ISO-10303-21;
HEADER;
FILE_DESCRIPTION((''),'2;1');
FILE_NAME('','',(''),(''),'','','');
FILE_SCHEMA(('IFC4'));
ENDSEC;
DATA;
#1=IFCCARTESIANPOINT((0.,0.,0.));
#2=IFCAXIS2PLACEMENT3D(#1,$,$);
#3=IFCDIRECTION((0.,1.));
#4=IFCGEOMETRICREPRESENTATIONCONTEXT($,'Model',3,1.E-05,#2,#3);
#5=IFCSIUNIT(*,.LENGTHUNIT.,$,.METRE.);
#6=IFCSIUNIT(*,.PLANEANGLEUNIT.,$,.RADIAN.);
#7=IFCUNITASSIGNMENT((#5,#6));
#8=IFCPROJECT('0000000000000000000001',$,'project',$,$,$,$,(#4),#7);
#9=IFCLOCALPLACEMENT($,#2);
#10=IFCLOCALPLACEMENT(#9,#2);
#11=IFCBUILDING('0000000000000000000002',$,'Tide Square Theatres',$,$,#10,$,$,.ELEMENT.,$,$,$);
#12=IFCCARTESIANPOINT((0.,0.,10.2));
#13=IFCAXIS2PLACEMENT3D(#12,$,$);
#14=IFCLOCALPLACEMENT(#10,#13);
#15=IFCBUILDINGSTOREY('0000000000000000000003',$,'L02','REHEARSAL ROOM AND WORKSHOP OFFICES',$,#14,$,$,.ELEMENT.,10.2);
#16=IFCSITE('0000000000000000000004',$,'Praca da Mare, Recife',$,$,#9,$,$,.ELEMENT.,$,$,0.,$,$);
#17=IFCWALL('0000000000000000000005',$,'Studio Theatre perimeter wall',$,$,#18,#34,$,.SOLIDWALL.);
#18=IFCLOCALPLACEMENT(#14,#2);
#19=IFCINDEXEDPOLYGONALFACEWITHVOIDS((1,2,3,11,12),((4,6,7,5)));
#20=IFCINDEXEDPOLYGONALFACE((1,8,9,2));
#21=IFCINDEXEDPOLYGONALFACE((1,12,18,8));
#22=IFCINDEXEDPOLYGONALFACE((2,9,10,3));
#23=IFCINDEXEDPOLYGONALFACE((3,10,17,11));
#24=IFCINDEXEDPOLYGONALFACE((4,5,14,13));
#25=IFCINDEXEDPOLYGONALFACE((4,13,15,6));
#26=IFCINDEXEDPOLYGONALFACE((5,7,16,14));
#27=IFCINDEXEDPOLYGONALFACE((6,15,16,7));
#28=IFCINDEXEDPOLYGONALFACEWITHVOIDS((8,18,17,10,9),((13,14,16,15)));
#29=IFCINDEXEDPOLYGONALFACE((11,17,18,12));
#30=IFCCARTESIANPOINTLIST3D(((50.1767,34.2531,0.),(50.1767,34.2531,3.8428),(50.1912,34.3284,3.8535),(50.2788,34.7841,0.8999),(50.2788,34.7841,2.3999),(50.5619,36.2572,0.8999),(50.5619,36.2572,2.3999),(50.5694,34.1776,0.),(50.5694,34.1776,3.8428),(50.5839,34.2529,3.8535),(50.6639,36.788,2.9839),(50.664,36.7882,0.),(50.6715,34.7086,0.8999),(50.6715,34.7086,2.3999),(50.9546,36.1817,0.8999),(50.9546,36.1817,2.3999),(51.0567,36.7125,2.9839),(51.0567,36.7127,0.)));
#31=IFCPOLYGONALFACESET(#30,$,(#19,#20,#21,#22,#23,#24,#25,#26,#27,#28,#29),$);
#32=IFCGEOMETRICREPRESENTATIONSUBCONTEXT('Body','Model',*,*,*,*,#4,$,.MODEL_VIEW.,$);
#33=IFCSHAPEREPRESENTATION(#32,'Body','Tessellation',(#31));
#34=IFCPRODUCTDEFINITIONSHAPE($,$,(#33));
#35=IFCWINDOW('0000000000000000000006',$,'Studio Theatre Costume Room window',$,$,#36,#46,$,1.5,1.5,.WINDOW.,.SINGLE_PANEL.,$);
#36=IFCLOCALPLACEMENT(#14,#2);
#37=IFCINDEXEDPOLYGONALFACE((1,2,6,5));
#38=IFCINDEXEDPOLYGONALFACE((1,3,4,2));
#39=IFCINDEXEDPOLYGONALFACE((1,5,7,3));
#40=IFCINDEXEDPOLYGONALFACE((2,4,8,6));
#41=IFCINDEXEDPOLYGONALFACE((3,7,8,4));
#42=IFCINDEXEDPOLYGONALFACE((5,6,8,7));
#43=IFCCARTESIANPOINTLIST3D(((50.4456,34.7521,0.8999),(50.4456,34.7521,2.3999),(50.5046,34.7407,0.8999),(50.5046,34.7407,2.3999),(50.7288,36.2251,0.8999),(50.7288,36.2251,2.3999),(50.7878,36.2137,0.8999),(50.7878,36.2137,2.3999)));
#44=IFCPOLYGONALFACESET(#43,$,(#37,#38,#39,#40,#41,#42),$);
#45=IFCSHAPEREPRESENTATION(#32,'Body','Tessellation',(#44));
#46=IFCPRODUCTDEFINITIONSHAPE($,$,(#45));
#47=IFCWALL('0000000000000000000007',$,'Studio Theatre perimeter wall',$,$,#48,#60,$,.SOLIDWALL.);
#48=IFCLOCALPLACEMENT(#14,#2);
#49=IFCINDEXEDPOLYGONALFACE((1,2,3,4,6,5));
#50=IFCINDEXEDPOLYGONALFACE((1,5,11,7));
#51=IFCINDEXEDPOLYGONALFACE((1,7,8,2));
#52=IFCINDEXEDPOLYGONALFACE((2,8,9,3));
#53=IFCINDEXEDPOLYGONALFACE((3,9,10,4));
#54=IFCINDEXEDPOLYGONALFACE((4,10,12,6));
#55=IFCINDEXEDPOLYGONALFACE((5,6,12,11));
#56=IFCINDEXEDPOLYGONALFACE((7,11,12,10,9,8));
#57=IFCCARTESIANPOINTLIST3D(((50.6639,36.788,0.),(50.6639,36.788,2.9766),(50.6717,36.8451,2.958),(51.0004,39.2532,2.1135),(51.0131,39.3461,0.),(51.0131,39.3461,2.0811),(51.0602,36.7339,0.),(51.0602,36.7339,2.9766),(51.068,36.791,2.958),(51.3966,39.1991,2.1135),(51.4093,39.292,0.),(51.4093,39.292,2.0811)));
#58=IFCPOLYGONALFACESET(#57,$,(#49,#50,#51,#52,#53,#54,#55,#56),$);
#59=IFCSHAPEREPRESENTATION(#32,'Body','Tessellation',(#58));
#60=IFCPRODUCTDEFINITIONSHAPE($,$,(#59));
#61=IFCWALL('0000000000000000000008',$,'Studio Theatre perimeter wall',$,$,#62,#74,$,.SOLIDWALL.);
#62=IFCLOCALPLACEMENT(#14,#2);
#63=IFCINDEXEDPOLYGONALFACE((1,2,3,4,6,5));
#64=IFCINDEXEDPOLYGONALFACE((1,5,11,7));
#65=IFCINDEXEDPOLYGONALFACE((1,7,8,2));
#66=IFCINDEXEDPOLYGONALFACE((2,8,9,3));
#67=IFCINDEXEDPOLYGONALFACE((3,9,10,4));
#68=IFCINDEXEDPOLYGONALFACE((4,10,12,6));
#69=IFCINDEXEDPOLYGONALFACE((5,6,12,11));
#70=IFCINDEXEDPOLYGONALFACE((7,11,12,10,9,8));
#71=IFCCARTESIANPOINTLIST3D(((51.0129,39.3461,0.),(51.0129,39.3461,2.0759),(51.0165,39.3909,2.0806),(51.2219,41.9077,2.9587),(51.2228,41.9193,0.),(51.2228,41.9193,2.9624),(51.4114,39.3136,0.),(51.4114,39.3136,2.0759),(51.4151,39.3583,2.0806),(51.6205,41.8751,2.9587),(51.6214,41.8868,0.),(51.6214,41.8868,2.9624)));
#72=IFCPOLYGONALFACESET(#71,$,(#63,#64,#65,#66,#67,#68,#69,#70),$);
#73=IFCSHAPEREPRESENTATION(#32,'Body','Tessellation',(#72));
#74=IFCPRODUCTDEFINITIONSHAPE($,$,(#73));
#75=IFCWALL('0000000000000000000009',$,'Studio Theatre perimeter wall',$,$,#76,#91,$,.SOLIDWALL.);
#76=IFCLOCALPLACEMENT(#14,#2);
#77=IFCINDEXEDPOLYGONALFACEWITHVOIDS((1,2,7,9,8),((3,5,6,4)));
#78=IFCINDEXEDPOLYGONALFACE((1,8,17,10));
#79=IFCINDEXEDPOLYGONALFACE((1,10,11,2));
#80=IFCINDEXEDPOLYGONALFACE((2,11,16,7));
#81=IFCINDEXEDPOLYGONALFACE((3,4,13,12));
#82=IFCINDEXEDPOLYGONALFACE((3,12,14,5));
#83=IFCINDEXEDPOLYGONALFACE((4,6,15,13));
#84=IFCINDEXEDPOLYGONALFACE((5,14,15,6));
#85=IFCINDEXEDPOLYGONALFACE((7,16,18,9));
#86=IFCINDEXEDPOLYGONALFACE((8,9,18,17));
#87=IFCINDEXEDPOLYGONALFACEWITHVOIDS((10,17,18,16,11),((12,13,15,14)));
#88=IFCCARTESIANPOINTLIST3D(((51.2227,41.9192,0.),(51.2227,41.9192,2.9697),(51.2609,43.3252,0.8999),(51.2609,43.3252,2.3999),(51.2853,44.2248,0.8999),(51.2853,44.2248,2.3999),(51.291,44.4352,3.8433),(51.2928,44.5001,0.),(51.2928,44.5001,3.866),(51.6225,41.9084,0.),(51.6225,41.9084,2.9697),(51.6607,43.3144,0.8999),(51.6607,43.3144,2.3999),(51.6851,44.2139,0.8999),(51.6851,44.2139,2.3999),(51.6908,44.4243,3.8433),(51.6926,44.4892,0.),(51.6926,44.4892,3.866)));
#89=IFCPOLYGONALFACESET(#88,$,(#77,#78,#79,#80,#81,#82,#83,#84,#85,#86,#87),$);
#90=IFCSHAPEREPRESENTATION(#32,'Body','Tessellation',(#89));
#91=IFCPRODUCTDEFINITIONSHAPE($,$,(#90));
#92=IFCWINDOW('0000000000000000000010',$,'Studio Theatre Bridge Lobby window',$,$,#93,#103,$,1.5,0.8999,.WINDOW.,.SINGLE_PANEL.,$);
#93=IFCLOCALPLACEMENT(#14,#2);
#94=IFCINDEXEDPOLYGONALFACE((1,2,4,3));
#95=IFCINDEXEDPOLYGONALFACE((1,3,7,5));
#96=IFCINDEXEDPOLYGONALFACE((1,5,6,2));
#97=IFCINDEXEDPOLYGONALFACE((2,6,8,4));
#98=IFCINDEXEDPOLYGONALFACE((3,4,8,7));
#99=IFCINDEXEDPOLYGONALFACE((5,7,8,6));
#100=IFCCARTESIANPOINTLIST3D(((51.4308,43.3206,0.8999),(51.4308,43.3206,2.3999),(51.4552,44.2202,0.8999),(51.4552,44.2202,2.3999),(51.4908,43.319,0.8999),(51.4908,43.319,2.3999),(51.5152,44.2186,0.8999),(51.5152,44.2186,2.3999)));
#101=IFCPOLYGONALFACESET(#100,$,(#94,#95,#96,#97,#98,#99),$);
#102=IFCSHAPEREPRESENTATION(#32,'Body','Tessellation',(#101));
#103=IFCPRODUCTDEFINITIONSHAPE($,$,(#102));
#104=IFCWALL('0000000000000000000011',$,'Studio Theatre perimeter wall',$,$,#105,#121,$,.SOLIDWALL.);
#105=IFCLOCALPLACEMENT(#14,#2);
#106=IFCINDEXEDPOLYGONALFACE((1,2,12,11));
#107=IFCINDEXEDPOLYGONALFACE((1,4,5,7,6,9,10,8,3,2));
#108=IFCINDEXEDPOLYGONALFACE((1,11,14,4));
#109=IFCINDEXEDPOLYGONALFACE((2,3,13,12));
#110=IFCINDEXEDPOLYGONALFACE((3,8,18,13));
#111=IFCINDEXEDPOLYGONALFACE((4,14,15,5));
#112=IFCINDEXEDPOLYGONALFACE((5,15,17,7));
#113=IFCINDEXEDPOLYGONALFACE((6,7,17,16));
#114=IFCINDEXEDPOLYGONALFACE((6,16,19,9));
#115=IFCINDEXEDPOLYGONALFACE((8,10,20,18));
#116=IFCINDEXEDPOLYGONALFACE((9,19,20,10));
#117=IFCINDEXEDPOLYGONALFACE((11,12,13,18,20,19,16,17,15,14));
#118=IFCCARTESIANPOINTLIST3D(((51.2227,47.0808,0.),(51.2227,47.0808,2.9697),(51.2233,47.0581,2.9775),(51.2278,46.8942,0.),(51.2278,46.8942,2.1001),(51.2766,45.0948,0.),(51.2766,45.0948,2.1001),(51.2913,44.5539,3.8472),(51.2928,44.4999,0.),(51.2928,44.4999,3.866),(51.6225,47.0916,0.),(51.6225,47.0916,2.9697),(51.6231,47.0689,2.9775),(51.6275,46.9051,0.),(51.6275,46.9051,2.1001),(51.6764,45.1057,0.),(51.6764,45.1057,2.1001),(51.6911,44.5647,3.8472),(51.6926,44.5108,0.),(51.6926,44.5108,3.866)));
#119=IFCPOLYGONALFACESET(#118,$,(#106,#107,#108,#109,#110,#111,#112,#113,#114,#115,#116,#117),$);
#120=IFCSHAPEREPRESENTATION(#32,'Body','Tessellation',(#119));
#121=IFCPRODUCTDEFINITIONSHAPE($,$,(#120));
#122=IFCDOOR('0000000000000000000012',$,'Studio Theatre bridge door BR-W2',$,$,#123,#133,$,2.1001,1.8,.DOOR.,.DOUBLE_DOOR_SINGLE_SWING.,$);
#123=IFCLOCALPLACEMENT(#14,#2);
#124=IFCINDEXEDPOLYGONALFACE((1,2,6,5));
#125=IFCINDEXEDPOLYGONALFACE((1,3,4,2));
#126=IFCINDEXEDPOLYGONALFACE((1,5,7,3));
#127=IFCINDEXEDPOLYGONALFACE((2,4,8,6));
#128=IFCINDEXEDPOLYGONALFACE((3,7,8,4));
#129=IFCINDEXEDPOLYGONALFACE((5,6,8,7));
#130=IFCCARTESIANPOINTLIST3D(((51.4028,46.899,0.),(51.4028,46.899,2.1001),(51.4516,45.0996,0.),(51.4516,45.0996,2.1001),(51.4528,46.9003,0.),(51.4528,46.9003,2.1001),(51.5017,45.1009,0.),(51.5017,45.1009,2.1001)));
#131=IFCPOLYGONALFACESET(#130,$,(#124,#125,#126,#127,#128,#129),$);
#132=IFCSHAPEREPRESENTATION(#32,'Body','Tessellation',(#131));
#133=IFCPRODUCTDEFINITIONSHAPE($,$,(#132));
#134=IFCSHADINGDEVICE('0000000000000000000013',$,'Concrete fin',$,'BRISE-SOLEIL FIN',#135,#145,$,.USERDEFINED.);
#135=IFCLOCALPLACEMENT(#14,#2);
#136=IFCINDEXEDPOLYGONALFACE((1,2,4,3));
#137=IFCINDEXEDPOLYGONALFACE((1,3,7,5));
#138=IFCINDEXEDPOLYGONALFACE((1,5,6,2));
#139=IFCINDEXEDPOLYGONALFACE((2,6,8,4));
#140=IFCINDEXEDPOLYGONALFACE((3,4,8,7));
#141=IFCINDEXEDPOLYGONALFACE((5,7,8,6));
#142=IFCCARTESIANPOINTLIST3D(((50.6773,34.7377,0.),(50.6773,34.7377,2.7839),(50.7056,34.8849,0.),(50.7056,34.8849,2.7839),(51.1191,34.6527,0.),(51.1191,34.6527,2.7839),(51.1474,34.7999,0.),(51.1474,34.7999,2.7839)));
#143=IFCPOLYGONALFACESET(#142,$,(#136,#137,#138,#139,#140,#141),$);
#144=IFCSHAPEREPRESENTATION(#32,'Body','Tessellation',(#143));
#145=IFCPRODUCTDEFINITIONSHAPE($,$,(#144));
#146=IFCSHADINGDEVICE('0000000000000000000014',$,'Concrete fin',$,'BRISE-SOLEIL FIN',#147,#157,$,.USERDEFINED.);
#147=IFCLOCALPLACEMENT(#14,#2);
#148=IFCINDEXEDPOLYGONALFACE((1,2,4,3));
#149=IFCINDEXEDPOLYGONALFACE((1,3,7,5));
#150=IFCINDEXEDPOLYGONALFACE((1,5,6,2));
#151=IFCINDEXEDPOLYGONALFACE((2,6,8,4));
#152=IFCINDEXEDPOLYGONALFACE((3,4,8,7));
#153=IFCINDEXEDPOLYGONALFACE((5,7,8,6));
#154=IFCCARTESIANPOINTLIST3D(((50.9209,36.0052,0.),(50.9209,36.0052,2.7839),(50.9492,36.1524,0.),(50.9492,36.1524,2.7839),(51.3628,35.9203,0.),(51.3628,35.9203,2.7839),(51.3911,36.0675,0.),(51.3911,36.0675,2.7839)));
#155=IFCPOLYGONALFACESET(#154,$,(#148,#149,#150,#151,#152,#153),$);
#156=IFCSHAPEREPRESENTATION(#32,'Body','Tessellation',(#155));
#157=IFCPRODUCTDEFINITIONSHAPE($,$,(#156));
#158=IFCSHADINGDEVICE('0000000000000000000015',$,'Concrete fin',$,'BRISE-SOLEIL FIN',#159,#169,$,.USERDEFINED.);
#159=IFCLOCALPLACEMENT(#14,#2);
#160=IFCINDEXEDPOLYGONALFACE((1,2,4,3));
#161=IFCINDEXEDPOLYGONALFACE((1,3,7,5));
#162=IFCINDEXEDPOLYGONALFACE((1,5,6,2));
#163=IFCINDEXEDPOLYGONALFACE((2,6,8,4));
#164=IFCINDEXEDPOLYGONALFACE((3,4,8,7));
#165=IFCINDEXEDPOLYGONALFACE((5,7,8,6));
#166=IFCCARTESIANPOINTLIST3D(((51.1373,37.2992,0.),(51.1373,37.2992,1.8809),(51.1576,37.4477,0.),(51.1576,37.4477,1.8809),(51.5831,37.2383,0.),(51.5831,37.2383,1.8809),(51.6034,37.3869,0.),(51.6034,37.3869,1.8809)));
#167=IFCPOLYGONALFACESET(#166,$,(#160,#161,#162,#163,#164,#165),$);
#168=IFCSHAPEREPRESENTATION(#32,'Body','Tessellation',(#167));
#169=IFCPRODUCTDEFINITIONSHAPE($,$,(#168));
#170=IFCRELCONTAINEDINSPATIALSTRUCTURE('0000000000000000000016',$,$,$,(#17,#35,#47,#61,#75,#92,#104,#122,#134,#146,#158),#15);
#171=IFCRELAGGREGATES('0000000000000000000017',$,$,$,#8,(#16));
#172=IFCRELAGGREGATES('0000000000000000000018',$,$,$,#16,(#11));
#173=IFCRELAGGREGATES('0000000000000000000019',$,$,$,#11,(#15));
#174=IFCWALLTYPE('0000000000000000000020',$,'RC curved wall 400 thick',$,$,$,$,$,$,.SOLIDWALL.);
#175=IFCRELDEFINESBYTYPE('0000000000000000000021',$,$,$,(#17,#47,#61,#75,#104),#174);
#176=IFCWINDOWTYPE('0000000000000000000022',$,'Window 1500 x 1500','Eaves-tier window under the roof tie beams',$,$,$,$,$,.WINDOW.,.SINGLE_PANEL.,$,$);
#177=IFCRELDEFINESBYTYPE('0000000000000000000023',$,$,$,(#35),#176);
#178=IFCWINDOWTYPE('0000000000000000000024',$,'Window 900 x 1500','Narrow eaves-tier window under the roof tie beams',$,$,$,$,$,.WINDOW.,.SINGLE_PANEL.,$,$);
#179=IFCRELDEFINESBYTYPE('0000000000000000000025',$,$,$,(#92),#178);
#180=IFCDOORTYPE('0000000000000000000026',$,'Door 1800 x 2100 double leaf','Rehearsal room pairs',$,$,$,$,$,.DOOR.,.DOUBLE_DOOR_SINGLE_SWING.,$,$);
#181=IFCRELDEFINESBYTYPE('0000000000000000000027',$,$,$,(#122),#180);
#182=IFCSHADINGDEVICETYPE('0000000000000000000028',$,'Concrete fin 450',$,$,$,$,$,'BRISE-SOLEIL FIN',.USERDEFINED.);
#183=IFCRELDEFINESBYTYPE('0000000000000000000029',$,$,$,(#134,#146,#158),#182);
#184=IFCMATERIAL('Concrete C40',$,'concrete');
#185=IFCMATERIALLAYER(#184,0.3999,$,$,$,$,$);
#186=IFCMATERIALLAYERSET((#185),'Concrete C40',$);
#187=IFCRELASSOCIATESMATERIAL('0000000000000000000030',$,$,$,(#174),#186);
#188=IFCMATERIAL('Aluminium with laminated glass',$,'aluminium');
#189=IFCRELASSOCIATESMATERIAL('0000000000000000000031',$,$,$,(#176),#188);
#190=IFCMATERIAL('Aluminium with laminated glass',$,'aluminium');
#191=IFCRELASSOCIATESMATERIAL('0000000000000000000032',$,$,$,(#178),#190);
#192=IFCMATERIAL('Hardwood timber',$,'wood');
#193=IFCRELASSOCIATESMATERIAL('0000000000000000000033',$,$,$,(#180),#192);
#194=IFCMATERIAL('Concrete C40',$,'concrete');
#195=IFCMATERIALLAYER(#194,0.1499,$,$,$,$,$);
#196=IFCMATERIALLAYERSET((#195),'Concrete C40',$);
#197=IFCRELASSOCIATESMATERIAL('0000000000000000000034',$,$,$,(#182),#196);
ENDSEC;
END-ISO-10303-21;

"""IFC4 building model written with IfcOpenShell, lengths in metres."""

from ifc_helpers import new_model, si_unit, direction, frame, frame_2d, origin, origin_2d, place, context, subcontext, project, spatial, polyline, rectangle, outline, extrude, material, layer, layer_set, type_object, element, fill, save


model = new_model("IFC4")

# Units and contexts
model_context = context("Model", 3, precision=1e-05, world=origin(), true_north=direction((0.0, 1.0)))
body_context = subcontext(model_context, "Body", "Model", "MODEL_VIEW")
ifc_project = project(units=[si_unit("LENGTHUNIT", "METRE"), si_unit("PLANEANGLEUNIT", "RADIAN")], contexts=[model_context])

# Site, building, storey
site_placement = place(None, origin())
site = spatial("IfcSite", under=ifc_project, at=site_placement, Name="Praca da Mare, Recife", CompositionType="ELEMENT", RefElevation=0.0)
building_placement = place(site_placement, origin())
building = spatial("IfcBuilding", under=site, at=building_placement, Name="Tide Square Theatres", CompositionType="ELEMENT")
storey_placement = place(building_placement, frame((0.0, 0.0, 10.2)))
storey = spatial("IfcBuildingStorey", under=building, at=storey_placement, Name="L02", Description="REHEARSAL ROOM AND WORKSHOP OFFICES", CompositionType="ELEMENT", Elevation=10.2)

# Wall, opening, window
ifc_material_1 = material(Name="Concrete C40", Category="concrete")
ifc_layer_1 = layer(ifc_material_1, 0.3999)
ifc_layer_set_1 = layer_set([ifc_layer_1], Name="Concrete C40")
wall_type_1 = type_object("IfcWallType", Name="RC curved wall 400 thick", PredefinedType="SOLIDWALL", material=ifc_layer_set_1)
wall_1_placement = place(storey_placement, frame((50.373, 34.2153, 0.0), z_axis=(0.0, 0.0, 1.0), x_axis=(0.188763, 0.982023, 0.0)))
wall_1 = element("IfcWall", 1, at=wall_1_placement, inside=storey, type_object=wall_type_1, Name="Studio Theatre perimeter wall", PredefinedType="SOLIDWALL", context=body_context, shape_type="SweptSolid", body=[
    extrude(outline(polyline([(0.0, 0.0), (2.5815, 0.0), (2.5813, 2.9839), (2.5117, 3.0081), (0.0767, 3.8535), (0.0, 3.8428), (0.0, 0.0)])), frame((0.0, 0.2, 0.0), z_axis=(0.0, -1.0, 0.0), x_axis=(1.0, 0.0, 0.0)), (0.0, 0.0, 1.0), 0.3999),
])
opening_1_placement = place(wall_1_placement, frame((0.5408, 0.0, 0.8999)))
opening_1 = element("IfcOpeningElement", 2, at=opening_1_placement, cuts=wall_1, PredefinedType="OPENING", context=body_context, shape_type="SweptSolid", body=[
    extrude(rectangle(XDim=1.5, YDim=1.5, at=frame_2d((0.75, 0.75))), frame((0.0, 0.21, 0.0), z_axis=(0.0, -1.0, 0.0), x_axis=(1.0, 0.0, 0.0)), (0.0, 0.0, 1.0), 0.4199),
])
ifc_material_2 = material(Name="Aluminium with laminated glass", Category="aluminium")
window_type_1 = type_object("IfcWindowType", Name="Window 1500 x 1500", Description="Eaves-tier window under the roof tie beams", PartitioningType="SINGLE_PANEL", PredefinedType="WINDOW", material=ifc_material_2)
window_1_placement = place(opening_1_placement, origin())
window_1 = element("IfcWindow", 3, at=window_1_placement, inside=storey, type_object=window_type_1, Name="Studio Theatre Costume Room window", OverallHeight=1.5, OverallWidth=1.5, PartitioningType="SINGLE_PANEL", PredefinedType="WINDOW", context=body_context, shape_type="SweptSolid", body=[
    extrude(rectangle(XDim=1.5, YDim=1.5, at=frame_2d((0.75, 0.75))), frame((0.0, 0.03, 0.0), z_axis=(0.0, -1.0, 0.0), x_axis=(1.0, 0.0, 0.0)), (0.0, 0.0, 1.0), 0.0601),
])
fill(opening_1, window_1)

# Walls
wall_2_placement = place(storey_placement, frame((50.8621, 36.761, 0.0), z_axis=(0.0, 0.0, 1.0), x_axis=(0.135223, 0.990815, 0.0)))
element("IfcWall", 4, at=wall_2_placement, inside=storey, type_object=wall_type_1, Name="Studio Theatre perimeter wall", PredefinedType="SOLIDWALL", context=body_context, shape_type="SweptSolid", body=[
    extrude(outline(polyline([(0.0, 0.0), (2.5818, 0.0), (2.5818, 2.0811), (2.488, 2.1135), (0.0576, 2.958), (0.0, 2.9766), (0.0, 0.0)])), frame((0.0, 0.2, 0.0), z_axis=(0.0, -1.0, 0.0), x_axis=(1.0, 0.0, 0.0)), (0.0, 0.0, 1.0), 0.3999),
])
wall_3_placement = place(storey_placement, frame((51.2122, 39.3298, 0.0), z_axis=(0.0, 0.0, 1.0), x_axis=(0.081324, 0.996688, 0.0)))
element("IfcWall", 5, at=wall_3_placement, inside=storey, type_object=wall_type_1, Name="Studio Theatre perimeter wall", PredefinedType="SOLIDWALL", context=body_context, shape_type="SweptSolid", body=[
    extrude(outline(polyline([(0.0, 0.0), (2.5818, 0.0), (2.5818, 2.9624), (2.5701, 2.9587), (0.0449, 2.0806), (0.0, 2.0759), (0.0, 0.0)])), frame((0.0, 0.2, 0.0), z_axis=(0.0, -1.0, 0.0), x_axis=(1.0, 0.0, 0.0)), (0.0, 0.0, 1.0), 0.3999),
])

# Wall, opening, window
wall_4_placement = place(storey_placement, frame((51.4226, 41.9138, 0.0), z_axis=(0.0, 0.0, 1.0), x_axis=(0.02714, 0.999632, 0.0)))
wall_4 = element("IfcWall", 6, at=wall_4_placement, inside=storey, type_object=wall_type_1, Name="Studio Theatre perimeter wall", PredefinedType="SOLIDWALL", context=body_context, shape_type="SweptSolid", body=[
    extrude(outline(polyline([(0.0, 0.0), (2.5818, 0.0), (2.5818, 3.866), (2.5168, 3.8433), (0.0, 2.9697), (0.0, 0.0)])), frame((0.0, 0.2, 0.0), z_axis=(0.0, -1.0, 0.0), x_axis=(1.0, 0.0, 0.0)), (0.0, 0.0, 1.0), 0.3999),
])
opening_2_placement = place(wall_4_placement, frame((1.4065, 0.0, 0.8999)))
opening_2 = element("IfcOpeningElement", 7, at=opening_2_placement, cuts=wall_4, PredefinedType="OPENING", context=body_context, shape_type="SweptSolid", body=[
    extrude(rectangle(XDim=0.8999, YDim=1.5, at=frame_2d((0.45, 0.75))), frame((0.0, 0.21, 0.0), z_axis=(0.0, -1.0, 0.0), x_axis=(1.0, 0.0, 0.0)), (0.0, 0.0, 1.0), 0.4199),
])
ifc_material_3 = material(Name="Aluminium with laminated glass", Category="aluminium")
window_type_2 = type_object("IfcWindowType", Name="Window 900 x 1500", Description="Narrow eaves-tier window under the roof tie beams", PartitioningType="SINGLE_PANEL", PredefinedType="WINDOW", material=ifc_material_3)
window_2_placement = place(opening_2_placement, origin())
window_2 = element("IfcWindow", 8, at=window_2_placement, inside=storey, type_object=window_type_2, Name="Studio Theatre Bridge Lobby window", OverallHeight=1.5, OverallWidth=0.8999, PartitioningType="SINGLE_PANEL", PredefinedType="WINDOW", context=body_context, shape_type="SweptSolid", body=[
    extrude(rectangle(XDim=0.8999, YDim=1.5, at=frame_2d((0.45, 0.75))), frame((0.0, 0.03, 0.0), z_axis=(0.0, -1.0, 0.0), x_axis=(1.0, 0.0, 0.0)), (0.0, 0.0, 1.0), 0.0601),
])
fill(opening_2, window_2)

# Wall, opening, door
wall_5_placement = place(storey_placement, frame((51.4927, 44.5054, 0.0), z_axis=(0.0, 0.0, 1.0), x_axis=(-0.02714, 0.999632, 0.0)))
wall_5 = element("IfcWall", 9, at=wall_5_placement, inside=storey, type_object=wall_type_1, Name="Studio Theatre perimeter wall", PredefinedType="SOLIDWALL", context=body_context, shape_type="SweptSolid", body=[
    extrude(outline(polyline([(0.0, 0.0), (2.5818, 0.0), (2.5818, 2.9697), (2.5591, 2.9775), (0.054, 3.8472), (0.0, 3.866), (0.0, 0.0)])), frame((0.0, 0.2, 0.0), z_axis=(0.0, -1.0, 0.0), x_axis=(1.0, 0.0, 0.0)), (0.0, 0.0, 1.0), 0.3999),
])
opening_3_placement = place(wall_5_placement, frame((0.5952, 0.0, 0.0)))
opening_3 = element("IfcOpeningElement", 10, at=opening_3_placement, cuts=wall_5, PredefinedType="OPENING", context=body_context, shape_type="SweptSolid", body=[
    extrude(rectangle(XDim=1.8, YDim=2.1001, at=frame_2d((0.8999, 1.05))), frame((0.0, 0.21, 0.0), z_axis=(0.0, -1.0, 0.0), x_axis=(1.0, 0.0, 0.0)), (0.0, 0.0, 1.0), 0.4199),
])
ifc_material_4 = material(Name="Hardwood timber", Category="wood")
door_type_1 = type_object("IfcDoorType", Name="Door 1800 x 2100 double leaf", Description="Rehearsal room pairs", OperationType="DOUBLE_DOOR_SINGLE_SWING", PredefinedType="DOOR", material=ifc_material_4)
door_1_placement = place(opening_3_placement, origin())
door_1 = element("IfcDoor", 11, at=door_1_placement, inside=storey, type_object=door_type_1, Name="Studio Theatre bridge door BR-W2", OperationType="DOUBLE_DOOR_SINGLE_SWING", OverallHeight=2.1001, OverallWidth=1.8, PredefinedType="DOOR", context=body_context, shape_type="SweptSolid", body=[
    extrude(rectangle(XDim=1.8, YDim=2.1001, at=frame_2d((0.8999, 1.05))), frame((0.0, 0.0249, 0.0), z_axis=(0.0, -1.0, 0.0), x_axis=(1.0, 0.0, 0.0)), (0.0, 0.0, 1.0), 0.05),
])
fill(opening_3, door_1)

# Shading devices
ifc_material_5 = material(Name="Concrete C40", Category="concrete")
ifc_layer_2 = layer(ifc_material_5, 0.1499)
ifc_layer_set_2 = layer_set([ifc_layer_2], Name="Concrete C40")
shading_device_type = type_object("IfcShadingDeviceType", Name="Concrete fin 450", ElementType="BRISE-SOLEIL FIN", PredefinedType="USERDEFINED", material=ifc_layer_set_2)
for number, where, z_axis, x_axis, name in (
    (12, (50.9124, 34.7688, 0.0), (0.0, 0.0, 1.0), (0.188736, 0.982028, 0.0), "Concrete fin"),
    (13, (51.156, 36.0364, 0.0), (0.0, 0.0, 1.0), (0.188736, 0.982028, 0.0), "Concrete fin"),
):
    element("IfcShadingDevice", number, at=place(storey_placement, frame(where, z_axis=z_axis, x_axis=x_axis)), inside=storey, type_object=shading_device_type, Name=name, ObjectType="BRISE-SOLEIL FIN", PredefinedType="USERDEFINED", context=body_context, shape_type="SweptSolid", body=[
        extrude(rectangle(XDim=0.1499, YDim=0.45, at=origin_2d()), origin(), (0.0, 0.0, 1.0), 2.7839),
    ])
for number, where, z_axis, x_axis, name in (
    (14, (51.3704, 37.343, 0.0), (0.0, 0.0, 1.0), (0.135214, 0.990816, 0.0), "Concrete fin"),
):
    element("IfcShadingDevice", number, at=place(storey_placement, frame(where, z_axis=z_axis, x_axis=x_axis)), inside=storey, type_object=shading_device_type, Name=name, ObjectType="BRISE-SOLEIL FIN", PredefinedType="USERDEFINED", context=body_context, shape_type="SweptSolid", body=[
        extrude(rectangle(XDim=0.1499, YDim=0.45, at=origin_2d()), origin(), (0.0, 0.0, 1.0), 1.8809),
    ])

save(model, "model.ifc")
